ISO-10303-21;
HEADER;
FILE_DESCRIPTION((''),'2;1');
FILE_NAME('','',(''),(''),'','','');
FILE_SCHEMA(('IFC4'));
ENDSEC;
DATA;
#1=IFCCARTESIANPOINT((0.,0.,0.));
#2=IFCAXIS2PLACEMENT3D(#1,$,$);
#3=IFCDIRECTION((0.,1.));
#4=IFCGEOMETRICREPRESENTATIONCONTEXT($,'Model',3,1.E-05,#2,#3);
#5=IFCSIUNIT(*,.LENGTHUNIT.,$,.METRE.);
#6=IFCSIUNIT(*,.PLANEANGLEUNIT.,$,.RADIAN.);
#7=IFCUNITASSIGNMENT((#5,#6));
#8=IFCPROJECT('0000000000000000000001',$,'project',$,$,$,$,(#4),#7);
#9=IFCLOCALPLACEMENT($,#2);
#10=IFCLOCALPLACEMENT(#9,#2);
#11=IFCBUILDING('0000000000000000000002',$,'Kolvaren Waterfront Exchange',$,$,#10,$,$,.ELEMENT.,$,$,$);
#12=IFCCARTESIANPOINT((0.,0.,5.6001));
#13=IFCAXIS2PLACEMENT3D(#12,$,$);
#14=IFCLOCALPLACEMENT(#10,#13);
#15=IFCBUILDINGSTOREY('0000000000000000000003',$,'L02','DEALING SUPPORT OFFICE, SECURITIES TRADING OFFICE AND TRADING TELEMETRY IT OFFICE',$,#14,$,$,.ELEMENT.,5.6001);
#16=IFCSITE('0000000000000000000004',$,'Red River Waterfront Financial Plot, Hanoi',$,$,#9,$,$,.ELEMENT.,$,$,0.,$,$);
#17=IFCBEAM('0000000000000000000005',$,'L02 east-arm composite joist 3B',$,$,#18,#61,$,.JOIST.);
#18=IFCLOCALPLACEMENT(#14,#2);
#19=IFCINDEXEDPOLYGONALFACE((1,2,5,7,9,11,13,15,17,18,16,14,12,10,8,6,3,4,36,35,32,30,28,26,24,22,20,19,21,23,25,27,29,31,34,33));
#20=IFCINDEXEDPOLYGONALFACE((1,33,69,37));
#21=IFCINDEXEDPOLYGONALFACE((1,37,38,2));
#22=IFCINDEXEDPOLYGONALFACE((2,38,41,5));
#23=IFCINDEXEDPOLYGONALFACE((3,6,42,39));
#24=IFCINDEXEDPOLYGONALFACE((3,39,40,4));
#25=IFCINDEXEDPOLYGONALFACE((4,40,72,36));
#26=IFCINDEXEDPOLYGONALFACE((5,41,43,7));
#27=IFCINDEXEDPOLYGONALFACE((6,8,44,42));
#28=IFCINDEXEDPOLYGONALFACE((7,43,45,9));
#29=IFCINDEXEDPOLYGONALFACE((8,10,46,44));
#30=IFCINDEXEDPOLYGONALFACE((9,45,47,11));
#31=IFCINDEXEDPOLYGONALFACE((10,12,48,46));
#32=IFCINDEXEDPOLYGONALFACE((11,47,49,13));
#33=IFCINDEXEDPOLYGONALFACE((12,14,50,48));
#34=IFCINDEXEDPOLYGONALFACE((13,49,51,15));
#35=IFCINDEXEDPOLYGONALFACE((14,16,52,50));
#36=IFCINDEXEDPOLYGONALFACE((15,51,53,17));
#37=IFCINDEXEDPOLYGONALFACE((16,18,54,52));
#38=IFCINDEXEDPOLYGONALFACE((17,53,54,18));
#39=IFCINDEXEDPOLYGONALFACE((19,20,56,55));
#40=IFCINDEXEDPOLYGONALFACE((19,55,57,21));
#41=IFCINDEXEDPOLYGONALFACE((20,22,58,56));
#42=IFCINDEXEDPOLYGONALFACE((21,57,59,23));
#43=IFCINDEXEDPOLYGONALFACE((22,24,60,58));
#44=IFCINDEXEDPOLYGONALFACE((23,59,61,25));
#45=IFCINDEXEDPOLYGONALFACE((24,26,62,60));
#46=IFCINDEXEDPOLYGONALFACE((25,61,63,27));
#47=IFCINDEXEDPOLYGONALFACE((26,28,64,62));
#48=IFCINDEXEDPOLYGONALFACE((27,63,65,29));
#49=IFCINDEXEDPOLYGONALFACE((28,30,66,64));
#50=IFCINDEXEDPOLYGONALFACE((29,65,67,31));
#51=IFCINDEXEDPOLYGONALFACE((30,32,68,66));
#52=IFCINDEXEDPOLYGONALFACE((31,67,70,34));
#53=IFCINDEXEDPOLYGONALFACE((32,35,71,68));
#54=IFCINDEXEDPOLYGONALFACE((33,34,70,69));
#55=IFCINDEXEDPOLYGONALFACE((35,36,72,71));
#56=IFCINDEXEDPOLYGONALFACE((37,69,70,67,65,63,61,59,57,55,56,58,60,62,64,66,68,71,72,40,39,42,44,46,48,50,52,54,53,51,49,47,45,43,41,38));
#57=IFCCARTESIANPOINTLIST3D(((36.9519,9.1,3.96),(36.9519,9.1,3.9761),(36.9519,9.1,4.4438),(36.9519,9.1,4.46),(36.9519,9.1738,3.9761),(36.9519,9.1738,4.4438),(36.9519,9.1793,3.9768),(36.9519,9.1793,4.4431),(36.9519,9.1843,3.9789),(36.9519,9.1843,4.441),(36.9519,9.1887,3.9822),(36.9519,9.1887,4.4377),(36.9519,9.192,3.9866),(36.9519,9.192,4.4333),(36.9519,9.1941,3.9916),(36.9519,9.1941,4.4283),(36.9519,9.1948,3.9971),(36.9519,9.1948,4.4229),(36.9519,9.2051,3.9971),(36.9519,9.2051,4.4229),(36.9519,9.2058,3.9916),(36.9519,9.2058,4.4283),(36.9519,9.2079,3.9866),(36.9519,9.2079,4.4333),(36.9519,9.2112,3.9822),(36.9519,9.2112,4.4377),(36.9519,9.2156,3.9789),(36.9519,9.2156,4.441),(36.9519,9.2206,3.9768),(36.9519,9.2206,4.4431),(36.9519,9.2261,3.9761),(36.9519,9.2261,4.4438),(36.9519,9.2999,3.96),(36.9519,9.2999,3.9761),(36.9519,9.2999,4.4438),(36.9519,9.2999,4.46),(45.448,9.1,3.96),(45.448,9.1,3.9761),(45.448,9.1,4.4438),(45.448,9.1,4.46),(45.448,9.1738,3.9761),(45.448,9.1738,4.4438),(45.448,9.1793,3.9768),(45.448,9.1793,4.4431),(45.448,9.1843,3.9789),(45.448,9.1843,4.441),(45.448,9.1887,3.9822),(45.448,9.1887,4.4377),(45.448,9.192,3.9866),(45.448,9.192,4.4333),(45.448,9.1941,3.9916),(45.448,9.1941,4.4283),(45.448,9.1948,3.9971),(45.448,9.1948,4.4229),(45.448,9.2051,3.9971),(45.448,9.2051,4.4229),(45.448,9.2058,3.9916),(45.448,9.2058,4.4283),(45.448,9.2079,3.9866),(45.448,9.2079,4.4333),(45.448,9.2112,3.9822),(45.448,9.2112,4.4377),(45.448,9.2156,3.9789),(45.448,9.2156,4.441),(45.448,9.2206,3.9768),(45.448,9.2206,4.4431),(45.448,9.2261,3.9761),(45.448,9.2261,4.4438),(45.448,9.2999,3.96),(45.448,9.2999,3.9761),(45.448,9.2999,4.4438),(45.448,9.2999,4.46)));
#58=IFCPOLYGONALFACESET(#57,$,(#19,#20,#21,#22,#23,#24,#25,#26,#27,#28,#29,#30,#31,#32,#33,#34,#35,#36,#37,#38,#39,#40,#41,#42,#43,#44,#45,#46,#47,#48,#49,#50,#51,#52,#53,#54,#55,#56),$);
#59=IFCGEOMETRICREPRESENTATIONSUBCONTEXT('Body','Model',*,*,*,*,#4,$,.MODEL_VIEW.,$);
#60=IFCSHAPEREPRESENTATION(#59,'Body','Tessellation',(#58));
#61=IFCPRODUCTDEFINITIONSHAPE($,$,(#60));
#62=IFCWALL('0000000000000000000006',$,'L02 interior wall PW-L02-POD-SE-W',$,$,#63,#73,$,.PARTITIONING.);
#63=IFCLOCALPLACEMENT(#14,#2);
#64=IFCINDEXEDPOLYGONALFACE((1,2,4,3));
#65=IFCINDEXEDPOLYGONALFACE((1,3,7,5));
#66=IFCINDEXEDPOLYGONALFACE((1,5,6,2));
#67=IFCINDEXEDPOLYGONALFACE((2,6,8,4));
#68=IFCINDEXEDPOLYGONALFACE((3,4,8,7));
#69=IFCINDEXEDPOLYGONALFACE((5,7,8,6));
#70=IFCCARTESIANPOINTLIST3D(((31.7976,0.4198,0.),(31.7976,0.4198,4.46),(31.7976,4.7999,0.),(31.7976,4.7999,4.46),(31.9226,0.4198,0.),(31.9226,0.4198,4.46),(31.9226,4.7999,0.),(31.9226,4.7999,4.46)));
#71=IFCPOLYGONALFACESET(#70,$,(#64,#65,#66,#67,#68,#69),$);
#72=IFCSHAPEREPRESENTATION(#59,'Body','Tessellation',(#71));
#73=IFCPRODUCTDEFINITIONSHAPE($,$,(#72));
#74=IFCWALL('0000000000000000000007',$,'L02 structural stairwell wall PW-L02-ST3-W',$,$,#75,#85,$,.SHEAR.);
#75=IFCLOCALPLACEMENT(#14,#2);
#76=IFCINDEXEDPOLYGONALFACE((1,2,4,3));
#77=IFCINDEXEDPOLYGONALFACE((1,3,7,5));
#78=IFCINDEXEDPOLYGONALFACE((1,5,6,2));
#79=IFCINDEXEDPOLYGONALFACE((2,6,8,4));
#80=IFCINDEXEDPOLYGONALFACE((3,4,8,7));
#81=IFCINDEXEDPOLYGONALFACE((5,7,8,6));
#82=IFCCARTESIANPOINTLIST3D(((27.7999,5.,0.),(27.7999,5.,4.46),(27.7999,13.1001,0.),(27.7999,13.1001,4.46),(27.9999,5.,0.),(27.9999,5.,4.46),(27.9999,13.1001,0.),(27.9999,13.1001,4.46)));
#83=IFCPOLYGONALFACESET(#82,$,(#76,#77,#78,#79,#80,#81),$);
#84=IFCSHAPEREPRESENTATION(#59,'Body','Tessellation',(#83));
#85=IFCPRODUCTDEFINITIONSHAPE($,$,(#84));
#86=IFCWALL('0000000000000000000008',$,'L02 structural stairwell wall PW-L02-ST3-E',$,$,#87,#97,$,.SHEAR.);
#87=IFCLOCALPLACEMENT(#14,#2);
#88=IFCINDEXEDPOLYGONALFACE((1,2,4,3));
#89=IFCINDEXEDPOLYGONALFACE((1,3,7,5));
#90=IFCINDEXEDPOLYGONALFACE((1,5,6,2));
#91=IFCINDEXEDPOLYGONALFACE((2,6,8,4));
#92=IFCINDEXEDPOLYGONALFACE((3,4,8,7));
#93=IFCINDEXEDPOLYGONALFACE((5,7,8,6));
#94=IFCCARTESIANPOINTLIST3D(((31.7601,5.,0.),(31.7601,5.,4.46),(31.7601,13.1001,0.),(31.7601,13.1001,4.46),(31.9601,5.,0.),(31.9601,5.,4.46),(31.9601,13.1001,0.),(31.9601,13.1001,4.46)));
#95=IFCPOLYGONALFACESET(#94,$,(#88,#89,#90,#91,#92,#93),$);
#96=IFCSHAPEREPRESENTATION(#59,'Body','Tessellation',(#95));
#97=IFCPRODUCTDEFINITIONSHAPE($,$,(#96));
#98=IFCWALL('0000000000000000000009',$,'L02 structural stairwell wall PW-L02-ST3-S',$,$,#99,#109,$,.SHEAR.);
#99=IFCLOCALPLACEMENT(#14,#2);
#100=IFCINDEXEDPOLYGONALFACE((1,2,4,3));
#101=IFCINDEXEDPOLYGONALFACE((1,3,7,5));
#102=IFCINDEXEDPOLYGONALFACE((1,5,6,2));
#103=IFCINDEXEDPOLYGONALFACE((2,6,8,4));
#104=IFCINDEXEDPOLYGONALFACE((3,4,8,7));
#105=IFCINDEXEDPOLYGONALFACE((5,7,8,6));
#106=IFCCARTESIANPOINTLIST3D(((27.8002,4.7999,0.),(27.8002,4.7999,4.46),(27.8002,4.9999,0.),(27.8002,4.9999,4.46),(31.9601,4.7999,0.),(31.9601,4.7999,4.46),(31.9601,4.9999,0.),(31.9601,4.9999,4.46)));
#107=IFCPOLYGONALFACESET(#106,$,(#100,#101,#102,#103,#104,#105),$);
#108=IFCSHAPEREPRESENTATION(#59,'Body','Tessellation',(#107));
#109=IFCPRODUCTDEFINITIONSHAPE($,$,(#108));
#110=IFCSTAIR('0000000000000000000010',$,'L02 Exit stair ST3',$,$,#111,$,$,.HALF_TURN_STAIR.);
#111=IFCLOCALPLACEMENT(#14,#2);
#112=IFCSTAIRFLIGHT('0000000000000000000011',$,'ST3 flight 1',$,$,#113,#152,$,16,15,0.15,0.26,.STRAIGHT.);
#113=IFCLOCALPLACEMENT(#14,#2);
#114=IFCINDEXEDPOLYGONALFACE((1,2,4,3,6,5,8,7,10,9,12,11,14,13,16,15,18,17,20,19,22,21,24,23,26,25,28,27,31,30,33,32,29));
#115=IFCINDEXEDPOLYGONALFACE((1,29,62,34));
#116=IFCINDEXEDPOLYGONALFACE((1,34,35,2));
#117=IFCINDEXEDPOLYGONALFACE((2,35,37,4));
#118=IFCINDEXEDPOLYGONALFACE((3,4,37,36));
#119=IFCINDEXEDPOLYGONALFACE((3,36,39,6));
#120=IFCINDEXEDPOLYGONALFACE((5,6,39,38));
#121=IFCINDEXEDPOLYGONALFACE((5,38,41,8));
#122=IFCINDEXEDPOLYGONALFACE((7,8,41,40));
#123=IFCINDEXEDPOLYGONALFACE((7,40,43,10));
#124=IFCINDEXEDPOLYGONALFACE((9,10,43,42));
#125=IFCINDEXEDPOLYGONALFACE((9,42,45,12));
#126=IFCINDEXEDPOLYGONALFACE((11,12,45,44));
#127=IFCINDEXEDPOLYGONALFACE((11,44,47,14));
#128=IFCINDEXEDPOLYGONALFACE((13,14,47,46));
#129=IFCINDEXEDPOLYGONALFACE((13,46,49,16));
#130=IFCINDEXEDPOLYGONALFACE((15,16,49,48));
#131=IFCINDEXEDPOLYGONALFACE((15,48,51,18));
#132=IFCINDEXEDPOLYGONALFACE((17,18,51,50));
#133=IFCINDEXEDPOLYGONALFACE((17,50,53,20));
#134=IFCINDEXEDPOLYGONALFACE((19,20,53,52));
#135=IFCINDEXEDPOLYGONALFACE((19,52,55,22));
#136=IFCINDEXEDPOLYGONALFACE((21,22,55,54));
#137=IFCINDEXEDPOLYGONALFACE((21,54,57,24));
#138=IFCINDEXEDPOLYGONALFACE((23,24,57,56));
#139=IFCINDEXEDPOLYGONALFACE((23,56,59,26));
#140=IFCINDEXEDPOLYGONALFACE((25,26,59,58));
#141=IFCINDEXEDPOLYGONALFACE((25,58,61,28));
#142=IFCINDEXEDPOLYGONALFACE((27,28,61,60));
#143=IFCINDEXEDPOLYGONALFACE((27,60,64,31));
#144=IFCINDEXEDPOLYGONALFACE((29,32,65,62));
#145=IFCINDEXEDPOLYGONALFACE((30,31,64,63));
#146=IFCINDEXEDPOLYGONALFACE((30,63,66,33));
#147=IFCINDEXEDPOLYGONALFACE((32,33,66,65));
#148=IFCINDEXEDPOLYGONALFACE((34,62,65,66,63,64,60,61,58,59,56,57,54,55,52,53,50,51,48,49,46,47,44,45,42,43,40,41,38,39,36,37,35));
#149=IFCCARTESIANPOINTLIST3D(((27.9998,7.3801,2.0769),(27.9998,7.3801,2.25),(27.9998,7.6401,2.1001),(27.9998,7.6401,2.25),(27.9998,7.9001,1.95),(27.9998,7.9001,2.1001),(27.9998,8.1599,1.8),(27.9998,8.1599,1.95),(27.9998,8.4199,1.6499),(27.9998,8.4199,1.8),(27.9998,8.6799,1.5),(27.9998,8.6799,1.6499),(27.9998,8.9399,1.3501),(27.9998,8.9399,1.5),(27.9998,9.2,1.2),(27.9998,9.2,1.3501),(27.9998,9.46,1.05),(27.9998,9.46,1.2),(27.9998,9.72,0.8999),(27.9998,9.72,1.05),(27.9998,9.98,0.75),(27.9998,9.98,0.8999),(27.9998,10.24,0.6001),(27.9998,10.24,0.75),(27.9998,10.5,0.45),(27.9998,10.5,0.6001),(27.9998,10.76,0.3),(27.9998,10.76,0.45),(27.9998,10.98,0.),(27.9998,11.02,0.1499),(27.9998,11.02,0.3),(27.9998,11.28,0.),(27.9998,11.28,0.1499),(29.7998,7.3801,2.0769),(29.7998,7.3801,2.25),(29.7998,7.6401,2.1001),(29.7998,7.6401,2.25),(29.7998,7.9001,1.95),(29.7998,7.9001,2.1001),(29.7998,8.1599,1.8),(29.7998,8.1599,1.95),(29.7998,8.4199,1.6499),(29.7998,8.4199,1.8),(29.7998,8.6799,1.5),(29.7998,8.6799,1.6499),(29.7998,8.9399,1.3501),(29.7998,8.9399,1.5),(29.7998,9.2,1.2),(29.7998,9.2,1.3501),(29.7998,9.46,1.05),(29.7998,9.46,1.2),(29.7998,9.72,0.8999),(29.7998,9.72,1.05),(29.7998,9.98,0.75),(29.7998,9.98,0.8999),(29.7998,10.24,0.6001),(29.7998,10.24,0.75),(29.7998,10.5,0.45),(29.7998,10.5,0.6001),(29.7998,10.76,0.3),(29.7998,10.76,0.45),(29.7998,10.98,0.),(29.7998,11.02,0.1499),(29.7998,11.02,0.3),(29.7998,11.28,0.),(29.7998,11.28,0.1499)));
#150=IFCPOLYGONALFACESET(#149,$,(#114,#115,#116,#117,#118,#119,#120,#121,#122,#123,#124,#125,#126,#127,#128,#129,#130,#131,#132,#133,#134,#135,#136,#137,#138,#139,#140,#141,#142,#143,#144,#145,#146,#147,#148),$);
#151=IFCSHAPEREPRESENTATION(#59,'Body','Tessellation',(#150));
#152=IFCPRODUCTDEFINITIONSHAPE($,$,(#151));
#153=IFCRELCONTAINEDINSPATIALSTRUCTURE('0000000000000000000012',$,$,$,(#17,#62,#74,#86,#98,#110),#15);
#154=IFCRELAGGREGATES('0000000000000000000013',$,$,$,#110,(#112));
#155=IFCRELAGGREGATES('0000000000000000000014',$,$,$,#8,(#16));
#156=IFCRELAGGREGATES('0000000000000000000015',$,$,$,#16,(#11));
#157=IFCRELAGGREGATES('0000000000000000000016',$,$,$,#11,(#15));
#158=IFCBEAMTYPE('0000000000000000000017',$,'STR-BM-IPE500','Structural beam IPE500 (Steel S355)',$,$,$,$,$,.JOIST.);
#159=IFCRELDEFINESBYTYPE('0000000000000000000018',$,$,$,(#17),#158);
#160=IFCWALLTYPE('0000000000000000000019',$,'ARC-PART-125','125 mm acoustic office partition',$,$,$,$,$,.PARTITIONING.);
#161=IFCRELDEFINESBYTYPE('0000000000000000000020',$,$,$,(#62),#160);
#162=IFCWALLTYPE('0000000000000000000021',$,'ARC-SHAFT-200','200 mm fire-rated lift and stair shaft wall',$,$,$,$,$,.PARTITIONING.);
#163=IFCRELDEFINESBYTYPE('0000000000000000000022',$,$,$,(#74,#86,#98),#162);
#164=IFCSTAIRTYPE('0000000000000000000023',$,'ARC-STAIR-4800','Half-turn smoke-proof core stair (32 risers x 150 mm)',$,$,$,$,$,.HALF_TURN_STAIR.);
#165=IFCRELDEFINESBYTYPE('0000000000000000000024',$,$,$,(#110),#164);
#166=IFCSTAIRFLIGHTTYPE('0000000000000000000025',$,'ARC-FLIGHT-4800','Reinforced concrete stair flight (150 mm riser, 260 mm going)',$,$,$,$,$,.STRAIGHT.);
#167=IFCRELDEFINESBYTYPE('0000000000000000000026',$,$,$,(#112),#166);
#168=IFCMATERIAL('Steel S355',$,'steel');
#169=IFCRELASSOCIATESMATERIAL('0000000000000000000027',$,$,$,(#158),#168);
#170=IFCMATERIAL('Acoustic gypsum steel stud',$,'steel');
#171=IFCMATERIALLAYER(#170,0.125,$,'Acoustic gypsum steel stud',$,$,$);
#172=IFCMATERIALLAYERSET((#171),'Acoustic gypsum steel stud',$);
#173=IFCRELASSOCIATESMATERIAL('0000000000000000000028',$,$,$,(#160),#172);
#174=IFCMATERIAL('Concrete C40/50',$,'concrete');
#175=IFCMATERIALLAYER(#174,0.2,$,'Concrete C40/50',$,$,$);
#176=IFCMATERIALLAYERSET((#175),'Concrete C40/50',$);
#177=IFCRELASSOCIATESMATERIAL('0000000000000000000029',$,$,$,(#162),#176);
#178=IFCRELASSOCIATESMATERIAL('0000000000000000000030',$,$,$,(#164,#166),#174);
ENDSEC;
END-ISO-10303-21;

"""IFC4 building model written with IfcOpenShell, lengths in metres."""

from ifc_helpers import new_model, si_unit, direction, frame, frame_2d, origin, origin_2d, place, context, subcontext, project, spatial, polyline, rectangle, i_section, outline, extrude, material, layer, layer_set, material_profile, profile_set, type_object, element, aggregate, save


model = new_model("IFC4")

# Units and contexts
model_context = context("Model", 3, precision=1e-05, world=origin(), true_north=direction((0.0, 1.0)))
body_context = subcontext(model_context, "Body", "Model", "MODEL_VIEW")
ifc_project = project(units=[si_unit("LENGTHUNIT", "METRE"), si_unit("PLANEANGLEUNIT", "RADIAN")], contexts=[model_context])

# Site, building, storey
site_placement = place(None, origin())
site = spatial("IfcSite", under=ifc_project, at=site_placement, Name="Red River Waterfront Financial Plot, Hanoi", CompositionType="ELEMENT", RefElevation=0.0)
building_placement = place(site_placement, origin())
building = spatial("IfcBuilding", under=site, at=building_placement, Name="Kolvaren Waterfront Exchange", CompositionType="ELEMENT")
storey_placement = place(building_placement, frame((0.0, 0.0, 5.6001)))
storey = spatial("IfcBuildingStorey", under=building, at=storey_placement, Name="L02", Description="DEALING SUPPORT OFFICE, SECURITIES TRADING OFFICE AND TRADING TELEMETRY IT OFFICE", CompositionType="ELEMENT", Elevation=5.6001)

# Beam
ifc_material_1 = material(Name="Steel S355", Category="steel")
ifc_material_profile_1 = material_profile(ifc_material_1, i_section(OverallWidth=0.2, OverallDepth=0.5, WebThickness=0.0103, FlangeThickness=0.0161, FilletRadius=0.021, at=origin_2d()), Name="IPE500")
ifc_profile_set_1 = profile_set([ifc_material_profile_1], Name="Steel S355")
beam_type_1 = type_object("IfcBeamType", Name="STR-BM-IPE500", Description="Structural beam IPE500 (Steel S355)", PredefinedType="JOIST", material=ifc_profile_set_1)
beam_1_placement = place(storey_placement, frame((36.9519, 9.2, 4.21), z_axis=(1.0, 0.0, 0.0), x_axis=(0.0, 1.0, 0.0)))
element("IfcBeam", 1, at=beam_1_placement, inside=storey, type_object=beam_type_1, Name="L02 east-arm composite joist 3B", PredefinedType="JOIST", context=body_context, shape_type="SweptSolid", body=[
    extrude(i_section(OverallWidth=0.2, OverallDepth=0.5, WebThickness=0.0103, FlangeThickness=0.0161, FilletRadius=0.021, at=origin_2d()), origin(), (0.0, 0.0, 1.0), 8.4961),
])

# Walls
ifc_material_2 = material(Name="Acoustic gypsum steel stud", Category="steel")
ifc_layer_1 = layer(ifc_material_2, 0.125, Name="Acoustic gypsum steel stud")
ifc_layer_set_1 = layer_set([ifc_layer_1], Name="Acoustic gypsum steel stud")
wall_type_1 = type_object("IfcWallType", Name="ARC-PART-125", Description="125 mm acoustic office partition", PredefinedType="PARTITIONING", material=ifc_layer_set_1)
wall_1_placement = place(storey_placement, frame((31.8601, 0.4199, 0.0), z_axis=(0.0, 0.0, 1.0), x_axis=(0.0, 1.0, 0.0)))
element("IfcWall", 2, at=wall_1_placement, inside=storey, type_object=wall_type_1, Name="L02 interior wall PW-L02-POD-SE-W", PredefinedType="PARTITIONING", context=body_context, shape_type="SweptSolid", body=[
    extrude(rectangle(XDim=4.3801, YDim=0.125, at=frame_2d((2.1899, 0.0))), origin(), (0.0, 0.0, 1.0), 4.46),
])
ifc_material_3 = material(Name="Concrete C40/50", Category="concrete")
ifc_layer_2 = layer(ifc_material_3, 0.2, Name="Concrete C40/50")
ifc_layer_set_2 = layer_set([ifc_layer_2], Name="Concrete C40/50")
wall_type_2 = type_object("IfcWallType", Name="ARC-SHAFT-200", Description="200 mm fire-rated lift and stair shaft wall", PredefinedType="PARTITIONING", material=ifc_layer_set_2)
for number, where, z_axis, x_axis, name in (
    (3, (27.8999, 5.0, 0.0), (0.0, 0.0, 1.0), (0.0, 1.0, 0.0), "L02 structural stairwell wall PW-L02-ST3-W"),
    (4, (31.8601, 5.0, 0.0), (0.0, 0.0, 1.0), (0.0, 1.0, 0.0), "L02 structural stairwell wall PW-L02-ST3-E"),
):
    element("IfcWall", number, at=place(storey_placement, frame(where, z_axis=z_axis, x_axis=x_axis)), inside=storey, type_object=wall_type_2, Name=name, PredefinedType="SHEAR", context=body_context, shape_type="SweptSolid", body=[
        extrude(rectangle(XDim=8.1001, YDim=0.2, at=frame_2d((4.05, 0.0))), origin(), (0.0, 0.0, 1.0), 4.46),
    ])
wall_2_placement = place(storey_placement, frame((27.8, 4.8999, 0.0), z_axis=(0.0, 0.0, 1.0), x_axis=(1.0, 0.0, 0.0)))
element("IfcWall", 5, at=wall_2_placement, inside=storey, type_object=wall_type_2, Name="L02 structural stairwell wall PW-L02-ST3-S", PredefinedType="SHEAR", context=body_context, shape_type="SweptSolid", body=[
    extrude(rectangle(XDim=4.1599, YDim=0.2, at=frame_2d((2.0801, 0.0))), origin(), (0.0, 0.0, 1.0), 4.46),
])

# Stair, stair flight
stair_type = type_object("IfcStairType", Name="ARC-STAIR-4800", Description="Half-turn smoke-proof core stair (32 risers x 150 mm)", PredefinedType="HALF_TURN_STAIR", material=ifc_material_3)
stair_placement = place(storey_placement, origin())
stair = element("IfcStair", 6, at=stair_placement, inside=storey, type_object=stair_type, Name="L02 Exit stair ST3", PredefinedType="HALF_TURN_STAIR")
stair_flight_type = type_object("IfcStairFlightType", Name="ARC-FLIGHT-4800", Description="Reinforced concrete stair flight (150 mm riser, 260 mm going)", PredefinedType="STRAIGHT", material=ifc_material_3)
stair_flight_1_placement = place(storey_placement, frame((28.8999, 11.28, 0.0), z_axis=(0.0, 0.0, 1.0), x_axis=(0.0, -1.0, 0.0)))
stair_flight_1 = element("IfcStairFlight", 7, at=stair_flight_1_placement, type_object=stair_flight_type, Name="ST3 flight 1", NumberOfRisers=16, NumberOfTreads=15, PredefinedType="STRAIGHT", RiserHeight=0.15, TreadLength=0.26, context=body_context, shape_type="SweptSolid", body=[
    extrude(outline(polyline([(0.0, 0.0), (0.0, 0.1499), (0.26, 0.1499), (0.26, 0.3), (0.52, 0.3), (0.52, 0.45), (0.78, 0.45), (0.78, 0.6001), (1.04, 0.6001), (1.04, 0.75), (1.3, 0.75), (1.3, 0.8999), (1.5601, 0.8999), (1.5601, 1.05), (1.8201, 1.05), (1.8201, 1.2), (2.0801, 1.2), (2.0801, 1.3501), (2.3401, 1.3501), (2.3401, 1.5), (2.6001, 1.5), (2.6001, 1.6499), (2.8601, 1.6499), (2.8601, 1.8), (3.1201, 1.8), (3.1201, 1.95), (3.3799, 1.95), (3.3799, 2.1001), (3.6399, 2.1001), (3.6399, 2.25), (3.8999, 2.25), (3.8999, 2.3999), (3.8999, 2.0769), (0.3, 0.0), (0.0, 0.0)])), frame((0.0, 0.8999, 0.0), z_axis=(0.0, -1.0, 0.0), x_axis=(1.0, 0.0, 0.0)), (0.0, 0.0, 1.0), 1.8),
])
aggregate(stair, [stair_flight_1])

save(model, "model.ifc")
